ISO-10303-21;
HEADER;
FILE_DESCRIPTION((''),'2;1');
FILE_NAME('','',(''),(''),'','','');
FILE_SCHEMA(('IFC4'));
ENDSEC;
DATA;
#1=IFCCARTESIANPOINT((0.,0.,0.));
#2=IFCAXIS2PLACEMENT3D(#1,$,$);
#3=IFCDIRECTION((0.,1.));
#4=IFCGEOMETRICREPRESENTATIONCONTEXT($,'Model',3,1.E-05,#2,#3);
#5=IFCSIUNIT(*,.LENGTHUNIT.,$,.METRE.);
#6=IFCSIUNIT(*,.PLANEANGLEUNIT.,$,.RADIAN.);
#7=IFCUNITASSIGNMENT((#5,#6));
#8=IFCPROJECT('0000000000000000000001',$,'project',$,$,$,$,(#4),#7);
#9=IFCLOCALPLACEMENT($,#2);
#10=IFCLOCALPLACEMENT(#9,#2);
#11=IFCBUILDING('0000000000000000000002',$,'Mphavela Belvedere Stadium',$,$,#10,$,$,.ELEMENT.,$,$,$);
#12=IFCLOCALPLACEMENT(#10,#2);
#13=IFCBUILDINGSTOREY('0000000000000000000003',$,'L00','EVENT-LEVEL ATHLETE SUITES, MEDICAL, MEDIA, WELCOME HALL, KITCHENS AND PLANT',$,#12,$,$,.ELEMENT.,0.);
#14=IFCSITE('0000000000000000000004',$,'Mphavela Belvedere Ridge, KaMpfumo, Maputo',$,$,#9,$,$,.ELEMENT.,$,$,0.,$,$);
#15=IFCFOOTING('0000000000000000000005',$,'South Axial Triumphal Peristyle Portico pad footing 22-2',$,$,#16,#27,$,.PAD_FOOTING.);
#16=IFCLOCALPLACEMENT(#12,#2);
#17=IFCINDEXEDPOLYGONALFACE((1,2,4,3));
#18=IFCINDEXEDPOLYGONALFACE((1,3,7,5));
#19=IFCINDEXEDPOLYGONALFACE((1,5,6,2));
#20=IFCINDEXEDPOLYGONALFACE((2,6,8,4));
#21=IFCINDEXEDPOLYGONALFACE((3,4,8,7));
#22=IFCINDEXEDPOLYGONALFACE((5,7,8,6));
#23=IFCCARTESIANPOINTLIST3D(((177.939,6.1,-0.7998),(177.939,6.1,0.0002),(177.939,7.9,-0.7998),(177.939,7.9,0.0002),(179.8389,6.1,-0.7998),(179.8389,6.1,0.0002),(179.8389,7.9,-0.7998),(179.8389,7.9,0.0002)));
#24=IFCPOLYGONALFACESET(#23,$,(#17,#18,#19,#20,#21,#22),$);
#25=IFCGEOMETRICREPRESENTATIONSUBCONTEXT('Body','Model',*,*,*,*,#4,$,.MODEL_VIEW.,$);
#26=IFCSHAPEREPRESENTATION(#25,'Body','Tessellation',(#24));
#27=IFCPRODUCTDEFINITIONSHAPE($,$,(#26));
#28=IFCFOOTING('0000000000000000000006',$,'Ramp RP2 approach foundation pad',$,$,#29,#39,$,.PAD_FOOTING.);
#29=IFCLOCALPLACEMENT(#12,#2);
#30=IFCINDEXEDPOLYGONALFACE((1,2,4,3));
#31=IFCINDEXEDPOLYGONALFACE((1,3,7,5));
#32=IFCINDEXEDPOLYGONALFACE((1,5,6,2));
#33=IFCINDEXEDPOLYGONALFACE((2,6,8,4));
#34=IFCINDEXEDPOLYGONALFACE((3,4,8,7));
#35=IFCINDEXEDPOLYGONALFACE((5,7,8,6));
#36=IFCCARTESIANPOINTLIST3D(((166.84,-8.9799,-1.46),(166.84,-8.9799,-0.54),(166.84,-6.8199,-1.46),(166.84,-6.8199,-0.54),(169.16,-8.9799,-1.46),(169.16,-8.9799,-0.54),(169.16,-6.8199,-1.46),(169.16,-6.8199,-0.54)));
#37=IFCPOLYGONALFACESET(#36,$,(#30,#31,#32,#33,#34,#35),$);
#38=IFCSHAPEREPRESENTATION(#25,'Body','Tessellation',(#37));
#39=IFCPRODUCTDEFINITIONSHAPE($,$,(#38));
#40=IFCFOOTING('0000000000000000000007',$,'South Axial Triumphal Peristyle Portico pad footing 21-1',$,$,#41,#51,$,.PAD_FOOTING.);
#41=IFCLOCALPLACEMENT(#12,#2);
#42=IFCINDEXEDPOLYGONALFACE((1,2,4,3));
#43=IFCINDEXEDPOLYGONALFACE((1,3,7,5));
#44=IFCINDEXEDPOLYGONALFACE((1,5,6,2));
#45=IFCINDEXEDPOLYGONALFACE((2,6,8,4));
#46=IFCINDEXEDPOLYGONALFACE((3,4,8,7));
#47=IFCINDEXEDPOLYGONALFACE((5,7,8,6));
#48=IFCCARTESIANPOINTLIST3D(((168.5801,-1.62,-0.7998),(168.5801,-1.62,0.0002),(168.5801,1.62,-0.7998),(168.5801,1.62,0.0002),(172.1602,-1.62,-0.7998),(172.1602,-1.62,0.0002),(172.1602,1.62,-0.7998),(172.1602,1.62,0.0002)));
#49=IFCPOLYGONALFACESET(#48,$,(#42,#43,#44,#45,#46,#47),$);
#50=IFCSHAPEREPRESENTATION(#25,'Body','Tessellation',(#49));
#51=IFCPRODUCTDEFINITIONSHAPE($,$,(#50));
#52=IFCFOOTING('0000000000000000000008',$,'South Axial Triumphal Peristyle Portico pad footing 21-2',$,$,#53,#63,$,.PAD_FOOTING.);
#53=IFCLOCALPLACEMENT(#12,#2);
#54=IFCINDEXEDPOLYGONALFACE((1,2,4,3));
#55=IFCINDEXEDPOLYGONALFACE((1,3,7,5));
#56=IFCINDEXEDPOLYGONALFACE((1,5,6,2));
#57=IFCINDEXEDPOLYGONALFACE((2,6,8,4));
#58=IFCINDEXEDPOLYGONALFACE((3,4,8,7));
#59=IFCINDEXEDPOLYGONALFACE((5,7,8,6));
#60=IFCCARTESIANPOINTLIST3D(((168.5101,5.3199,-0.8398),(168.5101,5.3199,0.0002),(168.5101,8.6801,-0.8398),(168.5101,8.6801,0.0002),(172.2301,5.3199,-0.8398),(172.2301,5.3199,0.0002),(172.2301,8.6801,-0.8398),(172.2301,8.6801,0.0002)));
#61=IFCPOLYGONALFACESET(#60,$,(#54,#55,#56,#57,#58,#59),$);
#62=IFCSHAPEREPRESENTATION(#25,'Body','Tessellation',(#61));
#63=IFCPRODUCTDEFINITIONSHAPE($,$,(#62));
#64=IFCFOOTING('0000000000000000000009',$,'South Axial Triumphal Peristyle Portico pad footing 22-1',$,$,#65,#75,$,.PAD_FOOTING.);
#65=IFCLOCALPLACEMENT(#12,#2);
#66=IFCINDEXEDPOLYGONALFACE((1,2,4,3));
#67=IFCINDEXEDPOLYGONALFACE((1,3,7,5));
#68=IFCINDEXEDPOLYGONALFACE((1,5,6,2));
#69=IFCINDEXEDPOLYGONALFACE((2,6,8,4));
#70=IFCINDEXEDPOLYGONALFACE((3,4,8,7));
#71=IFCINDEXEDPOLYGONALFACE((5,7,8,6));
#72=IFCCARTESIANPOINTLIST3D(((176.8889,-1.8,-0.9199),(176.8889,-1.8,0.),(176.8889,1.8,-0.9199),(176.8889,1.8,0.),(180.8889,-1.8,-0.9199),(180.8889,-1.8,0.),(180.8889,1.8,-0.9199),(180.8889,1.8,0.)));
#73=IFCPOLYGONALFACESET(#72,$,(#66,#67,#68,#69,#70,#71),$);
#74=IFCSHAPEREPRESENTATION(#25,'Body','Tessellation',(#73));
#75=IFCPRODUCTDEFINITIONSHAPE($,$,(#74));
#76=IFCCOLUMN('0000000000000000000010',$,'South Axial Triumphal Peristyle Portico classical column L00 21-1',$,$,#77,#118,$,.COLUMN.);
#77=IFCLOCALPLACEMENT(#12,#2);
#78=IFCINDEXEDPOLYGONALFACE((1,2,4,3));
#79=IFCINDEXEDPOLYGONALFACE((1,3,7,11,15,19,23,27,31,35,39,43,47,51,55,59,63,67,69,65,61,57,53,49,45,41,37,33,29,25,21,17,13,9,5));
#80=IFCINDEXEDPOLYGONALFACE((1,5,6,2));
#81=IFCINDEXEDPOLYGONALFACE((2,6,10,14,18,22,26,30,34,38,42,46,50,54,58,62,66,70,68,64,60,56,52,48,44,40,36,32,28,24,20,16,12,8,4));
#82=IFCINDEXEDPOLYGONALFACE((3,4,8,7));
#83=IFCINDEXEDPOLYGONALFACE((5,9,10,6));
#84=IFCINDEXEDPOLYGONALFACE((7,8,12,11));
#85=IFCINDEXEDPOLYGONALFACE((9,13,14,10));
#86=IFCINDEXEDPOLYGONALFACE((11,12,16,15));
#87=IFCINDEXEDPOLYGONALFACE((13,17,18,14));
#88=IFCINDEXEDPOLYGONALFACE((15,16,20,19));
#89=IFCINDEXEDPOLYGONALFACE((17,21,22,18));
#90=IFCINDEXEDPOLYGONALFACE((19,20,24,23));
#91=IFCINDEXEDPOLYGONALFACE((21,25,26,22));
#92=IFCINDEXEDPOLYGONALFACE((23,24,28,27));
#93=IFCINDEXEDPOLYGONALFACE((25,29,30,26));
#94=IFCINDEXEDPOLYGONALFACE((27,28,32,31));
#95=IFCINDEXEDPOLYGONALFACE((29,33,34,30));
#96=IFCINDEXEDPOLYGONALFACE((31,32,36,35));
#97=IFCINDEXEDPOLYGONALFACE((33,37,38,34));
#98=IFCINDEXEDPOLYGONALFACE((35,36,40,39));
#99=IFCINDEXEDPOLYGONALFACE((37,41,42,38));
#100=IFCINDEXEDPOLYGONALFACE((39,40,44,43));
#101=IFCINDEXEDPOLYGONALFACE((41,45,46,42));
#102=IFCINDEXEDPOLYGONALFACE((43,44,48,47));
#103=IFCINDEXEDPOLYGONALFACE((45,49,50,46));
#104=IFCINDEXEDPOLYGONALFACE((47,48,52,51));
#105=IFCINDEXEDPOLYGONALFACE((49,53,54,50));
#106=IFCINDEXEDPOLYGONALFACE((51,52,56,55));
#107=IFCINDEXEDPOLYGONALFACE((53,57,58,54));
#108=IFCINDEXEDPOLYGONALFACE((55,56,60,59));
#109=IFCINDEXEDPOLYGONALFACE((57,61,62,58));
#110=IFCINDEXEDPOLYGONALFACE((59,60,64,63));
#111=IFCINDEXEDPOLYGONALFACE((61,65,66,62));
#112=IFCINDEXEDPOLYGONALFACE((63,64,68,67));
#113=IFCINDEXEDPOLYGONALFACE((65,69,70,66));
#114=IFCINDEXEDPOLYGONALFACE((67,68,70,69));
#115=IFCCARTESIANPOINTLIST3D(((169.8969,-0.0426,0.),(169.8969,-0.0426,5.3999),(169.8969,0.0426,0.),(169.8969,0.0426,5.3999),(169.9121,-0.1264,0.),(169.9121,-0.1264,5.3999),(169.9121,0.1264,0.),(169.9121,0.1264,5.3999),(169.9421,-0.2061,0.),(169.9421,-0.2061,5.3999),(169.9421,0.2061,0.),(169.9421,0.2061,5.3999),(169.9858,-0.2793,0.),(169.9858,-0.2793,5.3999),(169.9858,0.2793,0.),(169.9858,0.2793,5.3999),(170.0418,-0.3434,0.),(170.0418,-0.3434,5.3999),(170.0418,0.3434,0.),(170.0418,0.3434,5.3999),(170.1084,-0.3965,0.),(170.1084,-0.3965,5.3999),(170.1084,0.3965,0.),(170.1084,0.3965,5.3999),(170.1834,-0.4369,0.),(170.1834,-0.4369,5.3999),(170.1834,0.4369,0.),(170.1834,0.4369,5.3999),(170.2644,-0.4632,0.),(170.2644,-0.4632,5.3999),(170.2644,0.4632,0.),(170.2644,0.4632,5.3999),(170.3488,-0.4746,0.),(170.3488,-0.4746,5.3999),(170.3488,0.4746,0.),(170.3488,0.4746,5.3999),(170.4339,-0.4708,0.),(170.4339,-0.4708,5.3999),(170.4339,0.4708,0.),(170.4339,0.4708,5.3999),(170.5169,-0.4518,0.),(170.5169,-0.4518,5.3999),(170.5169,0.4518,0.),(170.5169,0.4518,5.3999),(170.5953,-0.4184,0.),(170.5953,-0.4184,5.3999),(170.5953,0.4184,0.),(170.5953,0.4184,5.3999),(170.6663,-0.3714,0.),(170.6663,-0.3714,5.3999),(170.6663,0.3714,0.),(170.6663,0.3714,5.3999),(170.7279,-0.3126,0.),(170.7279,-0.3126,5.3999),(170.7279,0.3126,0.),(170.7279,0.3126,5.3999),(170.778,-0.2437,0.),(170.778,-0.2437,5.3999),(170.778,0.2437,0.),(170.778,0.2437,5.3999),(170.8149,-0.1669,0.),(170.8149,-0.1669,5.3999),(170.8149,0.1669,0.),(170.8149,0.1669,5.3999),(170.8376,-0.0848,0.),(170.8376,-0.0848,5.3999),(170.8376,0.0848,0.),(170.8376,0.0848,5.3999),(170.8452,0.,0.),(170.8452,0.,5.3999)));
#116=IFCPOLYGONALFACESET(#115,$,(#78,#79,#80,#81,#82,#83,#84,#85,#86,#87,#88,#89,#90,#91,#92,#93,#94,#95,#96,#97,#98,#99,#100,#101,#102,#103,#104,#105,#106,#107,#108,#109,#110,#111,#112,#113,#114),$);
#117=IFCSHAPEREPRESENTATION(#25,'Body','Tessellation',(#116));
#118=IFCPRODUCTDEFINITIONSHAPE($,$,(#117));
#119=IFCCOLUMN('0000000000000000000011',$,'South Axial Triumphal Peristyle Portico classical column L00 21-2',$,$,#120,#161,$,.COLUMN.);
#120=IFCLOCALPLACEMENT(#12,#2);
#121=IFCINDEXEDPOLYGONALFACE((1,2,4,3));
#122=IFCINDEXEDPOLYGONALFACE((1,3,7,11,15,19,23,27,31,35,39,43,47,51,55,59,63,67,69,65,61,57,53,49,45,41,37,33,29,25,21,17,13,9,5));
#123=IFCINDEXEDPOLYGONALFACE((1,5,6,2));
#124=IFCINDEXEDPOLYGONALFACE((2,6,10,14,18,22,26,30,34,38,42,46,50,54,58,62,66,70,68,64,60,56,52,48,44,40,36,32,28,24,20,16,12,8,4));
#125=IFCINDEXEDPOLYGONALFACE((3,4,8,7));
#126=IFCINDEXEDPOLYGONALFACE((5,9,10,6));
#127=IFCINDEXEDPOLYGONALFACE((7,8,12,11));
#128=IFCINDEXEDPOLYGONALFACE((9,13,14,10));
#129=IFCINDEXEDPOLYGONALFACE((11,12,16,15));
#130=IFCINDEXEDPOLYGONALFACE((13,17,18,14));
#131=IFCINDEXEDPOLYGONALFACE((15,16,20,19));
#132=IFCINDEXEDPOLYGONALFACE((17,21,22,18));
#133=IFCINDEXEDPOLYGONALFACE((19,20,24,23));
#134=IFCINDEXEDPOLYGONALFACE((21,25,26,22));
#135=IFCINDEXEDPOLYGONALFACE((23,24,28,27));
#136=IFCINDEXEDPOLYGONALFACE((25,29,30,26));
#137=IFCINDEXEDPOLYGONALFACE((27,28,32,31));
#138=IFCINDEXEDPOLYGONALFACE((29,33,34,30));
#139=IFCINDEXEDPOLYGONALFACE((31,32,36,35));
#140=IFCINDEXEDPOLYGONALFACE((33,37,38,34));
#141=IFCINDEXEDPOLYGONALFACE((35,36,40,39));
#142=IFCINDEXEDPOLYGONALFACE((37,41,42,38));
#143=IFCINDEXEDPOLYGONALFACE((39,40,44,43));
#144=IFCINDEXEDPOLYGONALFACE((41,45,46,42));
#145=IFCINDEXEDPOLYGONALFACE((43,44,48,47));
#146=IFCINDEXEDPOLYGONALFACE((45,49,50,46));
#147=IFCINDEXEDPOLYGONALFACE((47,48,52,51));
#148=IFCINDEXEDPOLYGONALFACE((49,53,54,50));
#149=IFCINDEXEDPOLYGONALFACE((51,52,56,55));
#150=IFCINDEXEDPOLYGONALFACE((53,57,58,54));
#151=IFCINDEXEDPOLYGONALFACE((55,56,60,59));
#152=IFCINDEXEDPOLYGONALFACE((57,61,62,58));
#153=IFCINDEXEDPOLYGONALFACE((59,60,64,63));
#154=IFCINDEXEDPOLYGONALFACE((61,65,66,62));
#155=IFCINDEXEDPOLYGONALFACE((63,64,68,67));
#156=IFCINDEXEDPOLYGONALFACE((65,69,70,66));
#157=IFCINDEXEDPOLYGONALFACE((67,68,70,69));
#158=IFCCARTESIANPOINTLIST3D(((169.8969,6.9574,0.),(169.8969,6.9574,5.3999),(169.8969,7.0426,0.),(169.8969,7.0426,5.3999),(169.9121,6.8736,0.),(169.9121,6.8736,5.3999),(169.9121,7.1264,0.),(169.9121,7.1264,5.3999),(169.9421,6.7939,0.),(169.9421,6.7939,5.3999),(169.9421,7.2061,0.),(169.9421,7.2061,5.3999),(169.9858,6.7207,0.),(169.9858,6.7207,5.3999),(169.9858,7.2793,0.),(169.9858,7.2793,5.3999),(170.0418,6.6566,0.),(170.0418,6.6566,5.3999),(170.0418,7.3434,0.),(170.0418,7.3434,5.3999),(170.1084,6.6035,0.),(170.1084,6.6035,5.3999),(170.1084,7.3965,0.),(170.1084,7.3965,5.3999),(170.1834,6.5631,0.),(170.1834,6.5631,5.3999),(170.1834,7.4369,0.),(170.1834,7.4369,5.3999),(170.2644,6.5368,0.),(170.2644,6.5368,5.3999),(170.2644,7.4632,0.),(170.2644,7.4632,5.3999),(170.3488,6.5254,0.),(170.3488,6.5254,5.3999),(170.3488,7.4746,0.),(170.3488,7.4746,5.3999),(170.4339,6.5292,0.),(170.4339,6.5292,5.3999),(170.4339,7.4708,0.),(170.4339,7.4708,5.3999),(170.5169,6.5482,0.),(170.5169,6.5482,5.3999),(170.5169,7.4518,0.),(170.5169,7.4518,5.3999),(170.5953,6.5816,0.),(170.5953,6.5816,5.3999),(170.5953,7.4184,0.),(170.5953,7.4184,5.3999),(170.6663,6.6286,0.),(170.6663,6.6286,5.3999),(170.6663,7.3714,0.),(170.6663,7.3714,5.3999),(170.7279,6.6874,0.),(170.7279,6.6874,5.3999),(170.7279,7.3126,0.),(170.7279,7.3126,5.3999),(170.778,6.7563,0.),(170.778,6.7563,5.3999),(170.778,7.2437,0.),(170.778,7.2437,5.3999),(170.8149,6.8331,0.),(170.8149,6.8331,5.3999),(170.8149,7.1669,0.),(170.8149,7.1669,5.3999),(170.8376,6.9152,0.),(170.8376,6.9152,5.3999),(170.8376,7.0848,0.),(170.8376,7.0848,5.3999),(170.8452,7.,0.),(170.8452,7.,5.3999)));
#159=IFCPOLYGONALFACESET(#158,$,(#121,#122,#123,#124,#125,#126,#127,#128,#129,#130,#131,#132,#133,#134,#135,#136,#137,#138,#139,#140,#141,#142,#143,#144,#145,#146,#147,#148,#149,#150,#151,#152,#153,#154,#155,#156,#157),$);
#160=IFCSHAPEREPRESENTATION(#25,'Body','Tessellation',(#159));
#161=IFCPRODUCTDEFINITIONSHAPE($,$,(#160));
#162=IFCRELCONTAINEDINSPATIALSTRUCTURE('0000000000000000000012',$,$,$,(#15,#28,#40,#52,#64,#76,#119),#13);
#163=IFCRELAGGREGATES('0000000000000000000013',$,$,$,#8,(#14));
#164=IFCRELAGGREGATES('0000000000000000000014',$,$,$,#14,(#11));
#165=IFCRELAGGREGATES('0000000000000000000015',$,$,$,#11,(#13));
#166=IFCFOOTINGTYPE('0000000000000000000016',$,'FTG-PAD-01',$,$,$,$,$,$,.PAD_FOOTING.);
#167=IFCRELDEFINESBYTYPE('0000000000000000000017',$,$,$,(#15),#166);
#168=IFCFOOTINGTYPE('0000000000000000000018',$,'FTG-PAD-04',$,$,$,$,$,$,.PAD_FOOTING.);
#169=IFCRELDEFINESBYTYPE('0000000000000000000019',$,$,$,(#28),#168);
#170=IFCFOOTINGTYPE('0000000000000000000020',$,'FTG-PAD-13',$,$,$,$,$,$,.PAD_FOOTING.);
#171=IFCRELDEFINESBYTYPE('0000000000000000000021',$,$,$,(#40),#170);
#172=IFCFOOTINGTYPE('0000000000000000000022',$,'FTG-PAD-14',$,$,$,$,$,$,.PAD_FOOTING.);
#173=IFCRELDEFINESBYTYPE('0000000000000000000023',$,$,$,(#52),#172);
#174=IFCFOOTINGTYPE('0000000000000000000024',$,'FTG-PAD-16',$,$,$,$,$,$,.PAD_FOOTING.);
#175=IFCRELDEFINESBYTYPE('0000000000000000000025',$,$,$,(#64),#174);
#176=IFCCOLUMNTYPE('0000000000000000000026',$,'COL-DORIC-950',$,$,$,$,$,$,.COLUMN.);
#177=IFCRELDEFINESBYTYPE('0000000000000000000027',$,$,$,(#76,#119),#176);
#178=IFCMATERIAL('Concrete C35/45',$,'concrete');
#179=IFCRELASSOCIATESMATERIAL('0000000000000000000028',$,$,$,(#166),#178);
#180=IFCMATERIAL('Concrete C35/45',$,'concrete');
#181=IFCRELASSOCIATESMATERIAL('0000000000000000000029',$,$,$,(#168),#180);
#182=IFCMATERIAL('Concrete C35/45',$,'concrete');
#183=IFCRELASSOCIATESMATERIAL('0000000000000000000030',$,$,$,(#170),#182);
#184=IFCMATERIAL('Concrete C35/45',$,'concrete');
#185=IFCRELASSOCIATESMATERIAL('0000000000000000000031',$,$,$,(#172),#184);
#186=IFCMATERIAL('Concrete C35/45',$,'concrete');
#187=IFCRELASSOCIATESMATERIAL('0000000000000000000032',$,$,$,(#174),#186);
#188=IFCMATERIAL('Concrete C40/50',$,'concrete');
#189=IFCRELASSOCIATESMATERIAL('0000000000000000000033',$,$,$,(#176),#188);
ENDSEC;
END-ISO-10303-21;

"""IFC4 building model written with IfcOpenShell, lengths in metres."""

from ifc_helpers import new_model, si_unit, direction, frame, origin, origin_2d, place, context, subcontext, project, spatial, rectangle, circle, extrude, material, material_profile, profile_set, type_object, element, save


model = new_model("IFC4")

# Units and contexts
model_context = context("Model", 3, precision=1e-05, world=origin(), true_north=direction((0.0, 1.0)))
body_context = subcontext(model_context, "Body", "Model", "MODEL_VIEW")
ifc_project = project(units=[si_unit("LENGTHUNIT", "METRE"), si_unit("PLANEANGLEUNIT", "RADIAN")], contexts=[model_context])

# Site, building, storey
site_placement = place(None, origin())
site = spatial("IfcSite", under=ifc_project, at=site_placement, Name="Mphavela Belvedere Ridge, KaMpfumo, Maputo", CompositionType="ELEMENT", RefElevation=0.0)
building_placement = place(site_placement, origin())
building = spatial("IfcBuilding", under=site, at=building_placement, Name="Mphavela Belvedere Stadium", CompositionType="ELEMENT")
storey_placement = place(building_placement, origin())
storey = spatial("IfcBuildingStorey", under=building, at=storey_placement, Name="L00", Description="EVENT-LEVEL ATHLETE SUITES, MEDICAL, MEDIA, WELCOME HALL, KITCHENS AND PLANT", CompositionType="ELEMENT", Elevation=0.0)

# Footings
ifc_material_1 = material(Name="Concrete C35/45", Category="concrete")
footing_type_1 = type_object("IfcFootingType", Name="FTG-PAD-01", PredefinedType="PAD_FOOTING", material=ifc_material_1)
footing_1_placement = place(storey_placement, frame((178.8889, 7.0, -0.7998), z_axis=(0.0, 0.0, 1.0), x_axis=(1.0, 0.0, 0.0)))
element("IfcFooting", 1, at=footing_1_placement, inside=storey, type_object=footing_type_1, Name="South Axial Triumphal Peristyle Portico pad footing 22-2", PredefinedType="PAD_FOOTING", context=body_context, shape_type="SweptSolid", body=[
    extrude(rectangle(XDim=1.8999, YDim=1.8, at=origin_2d()), origin(), (0.0, 0.0, 1.0), 0.8),
])
ifc_material_2 = material(Name="Concrete C35/45", Category="concrete")
footing_type_2 = type_object("IfcFootingType", Name="FTG-PAD-04", PredefinedType="PAD_FOOTING", material=ifc_material_2)
footing_2_placement = place(storey_placement, frame((168.0, -7.8999, -1.46), z_axis=(0.0, 0.0, 1.0), x_axis=(1.0, 0.0, 0.0)))
element("IfcFooting", 2, at=footing_2_placement, inside=storey, type_object=footing_type_2, Name="Ramp RP2 approach foundation pad", PredefinedType="PAD_FOOTING", context=body_context, shape_type="SweptSolid", body=[
    extrude(rectangle(XDim=2.3201, YDim=2.1599, at=origin_2d()), origin(), (0.0, 0.0, 1.0), 0.9199),
])
ifc_material_3 = material(Name="Concrete C35/45", Category="concrete")
footing_type_3 = type_object("IfcFootingType", Name="FTG-PAD-13", PredefinedType="PAD_FOOTING", material=ifc_material_3)
footing_3_placement = place(storey_placement, frame((170.3701, 0.0, -0.7998), z_axis=(0.0, 0.0, 1.0), x_axis=(1.0, 0.0, 0.0)))
element("IfcFooting", 3, at=footing_3_placement, inside=storey, type_object=footing_type_3, Name="South Axial Triumphal Peristyle Portico pad footing 21-1", PredefinedType="PAD_FOOTING", context=body_context, shape_type="SweptSolid", body=[
    extrude(rectangle(XDim=3.5801, YDim=3.24, at=origin_2d()), origin(), (0.0, 0.0, 1.0), 0.8),
])
ifc_material_4 = material(Name="Concrete C35/45", Category="concrete")
footing_type_4 = type_object("IfcFootingType", Name="FTG-PAD-14", PredefinedType="PAD_FOOTING", material=ifc_material_4)
footing_4_placement = place(storey_placement, frame((170.3701, 7.0, -0.8398), z_axis=(0.0, 0.0, 1.0), x_axis=(1.0, 0.0, 0.0)))
element("IfcFooting", 4, at=footing_4_placement, inside=storey, type_object=footing_type_4, Name="South Axial Triumphal Peristyle Portico pad footing 21-2", PredefinedType="PAD_FOOTING", context=body_context, shape_type="SweptSolid", body=[
    extrude(rectangle(XDim=3.72, YDim=3.3601, at=origin_2d()), origin(), (0.0, 0.0, 1.0), 0.8401),
])
ifc_material_5 = material(Name="Concrete C35/45", Category="concrete")
footing_type_5 = type_object("IfcFootingType", Name="FTG-PAD-16", PredefinedType="PAD_FOOTING", material=ifc_material_5)
footing_5_placement = place(storey_placement, frame((178.8889, 0.0, -0.9199), z_axis=(0.0, 0.0, 1.0), x_axis=(1.0, 0.0, 0.0)))
element("IfcFooting", 5, at=footing_5_placement, inside=storey, type_object=footing_type_5, Name="South Axial Triumphal Peristyle Portico pad footing 22-1", PredefinedType="PAD_FOOTING", context=body_context, shape_type="SweptSolid", body=[
    extrude(rectangle(XDim=4.0, YDim=3.6001, at=origin_2d()), origin(), (0.0, 0.0, 1.0), 0.9199),
])

# Columns
ifc_material_6 = material(Name="Concrete C40/50", Category="concrete")
ifc_material_profile_1 = material_profile(ifc_material_6, circle(Radius=0.4751, at=origin_2d()), Name="COL D950")
ifc_profile_set_1 = profile_set([ifc_material_profile_1], Name="Concrete C40/50")
column_type = type_object("IfcColumnType", Name="COL-DORIC-950", PredefinedType="COLUMN", material=ifc_profile_set_1)
for number, where, z_axis, x_axis, name in (
    (6, (170.3701, 0.0, 0.0), (0.0, 0.0, 1.0), (1.0, 0.0, 0.0), "South Axial Triumphal Peristyle Portico classical column L00 21-1"),
    (7, (170.3701, 7.0, 0.0), (0.0, 0.0, 1.0), (1.0, 0.0, 0.0), "South Axial Triumphal Peristyle Portico classical column L00 21-2"),
):
    element("IfcColumn", number, at=place(storey_placement, frame(where, z_axis=z_axis, x_axis=x_axis)), inside=storey, type_object=column_type, Name=name, PredefinedType="COLUMN", context=body_context, shape_type="SweptSolid", body=[
        extrude(circle(Radius=0.4751, at=origin_2d()), origin(), (0.0, 0.0, 1.0), 5.3999),
    ])

save(model, "model.ifc")
